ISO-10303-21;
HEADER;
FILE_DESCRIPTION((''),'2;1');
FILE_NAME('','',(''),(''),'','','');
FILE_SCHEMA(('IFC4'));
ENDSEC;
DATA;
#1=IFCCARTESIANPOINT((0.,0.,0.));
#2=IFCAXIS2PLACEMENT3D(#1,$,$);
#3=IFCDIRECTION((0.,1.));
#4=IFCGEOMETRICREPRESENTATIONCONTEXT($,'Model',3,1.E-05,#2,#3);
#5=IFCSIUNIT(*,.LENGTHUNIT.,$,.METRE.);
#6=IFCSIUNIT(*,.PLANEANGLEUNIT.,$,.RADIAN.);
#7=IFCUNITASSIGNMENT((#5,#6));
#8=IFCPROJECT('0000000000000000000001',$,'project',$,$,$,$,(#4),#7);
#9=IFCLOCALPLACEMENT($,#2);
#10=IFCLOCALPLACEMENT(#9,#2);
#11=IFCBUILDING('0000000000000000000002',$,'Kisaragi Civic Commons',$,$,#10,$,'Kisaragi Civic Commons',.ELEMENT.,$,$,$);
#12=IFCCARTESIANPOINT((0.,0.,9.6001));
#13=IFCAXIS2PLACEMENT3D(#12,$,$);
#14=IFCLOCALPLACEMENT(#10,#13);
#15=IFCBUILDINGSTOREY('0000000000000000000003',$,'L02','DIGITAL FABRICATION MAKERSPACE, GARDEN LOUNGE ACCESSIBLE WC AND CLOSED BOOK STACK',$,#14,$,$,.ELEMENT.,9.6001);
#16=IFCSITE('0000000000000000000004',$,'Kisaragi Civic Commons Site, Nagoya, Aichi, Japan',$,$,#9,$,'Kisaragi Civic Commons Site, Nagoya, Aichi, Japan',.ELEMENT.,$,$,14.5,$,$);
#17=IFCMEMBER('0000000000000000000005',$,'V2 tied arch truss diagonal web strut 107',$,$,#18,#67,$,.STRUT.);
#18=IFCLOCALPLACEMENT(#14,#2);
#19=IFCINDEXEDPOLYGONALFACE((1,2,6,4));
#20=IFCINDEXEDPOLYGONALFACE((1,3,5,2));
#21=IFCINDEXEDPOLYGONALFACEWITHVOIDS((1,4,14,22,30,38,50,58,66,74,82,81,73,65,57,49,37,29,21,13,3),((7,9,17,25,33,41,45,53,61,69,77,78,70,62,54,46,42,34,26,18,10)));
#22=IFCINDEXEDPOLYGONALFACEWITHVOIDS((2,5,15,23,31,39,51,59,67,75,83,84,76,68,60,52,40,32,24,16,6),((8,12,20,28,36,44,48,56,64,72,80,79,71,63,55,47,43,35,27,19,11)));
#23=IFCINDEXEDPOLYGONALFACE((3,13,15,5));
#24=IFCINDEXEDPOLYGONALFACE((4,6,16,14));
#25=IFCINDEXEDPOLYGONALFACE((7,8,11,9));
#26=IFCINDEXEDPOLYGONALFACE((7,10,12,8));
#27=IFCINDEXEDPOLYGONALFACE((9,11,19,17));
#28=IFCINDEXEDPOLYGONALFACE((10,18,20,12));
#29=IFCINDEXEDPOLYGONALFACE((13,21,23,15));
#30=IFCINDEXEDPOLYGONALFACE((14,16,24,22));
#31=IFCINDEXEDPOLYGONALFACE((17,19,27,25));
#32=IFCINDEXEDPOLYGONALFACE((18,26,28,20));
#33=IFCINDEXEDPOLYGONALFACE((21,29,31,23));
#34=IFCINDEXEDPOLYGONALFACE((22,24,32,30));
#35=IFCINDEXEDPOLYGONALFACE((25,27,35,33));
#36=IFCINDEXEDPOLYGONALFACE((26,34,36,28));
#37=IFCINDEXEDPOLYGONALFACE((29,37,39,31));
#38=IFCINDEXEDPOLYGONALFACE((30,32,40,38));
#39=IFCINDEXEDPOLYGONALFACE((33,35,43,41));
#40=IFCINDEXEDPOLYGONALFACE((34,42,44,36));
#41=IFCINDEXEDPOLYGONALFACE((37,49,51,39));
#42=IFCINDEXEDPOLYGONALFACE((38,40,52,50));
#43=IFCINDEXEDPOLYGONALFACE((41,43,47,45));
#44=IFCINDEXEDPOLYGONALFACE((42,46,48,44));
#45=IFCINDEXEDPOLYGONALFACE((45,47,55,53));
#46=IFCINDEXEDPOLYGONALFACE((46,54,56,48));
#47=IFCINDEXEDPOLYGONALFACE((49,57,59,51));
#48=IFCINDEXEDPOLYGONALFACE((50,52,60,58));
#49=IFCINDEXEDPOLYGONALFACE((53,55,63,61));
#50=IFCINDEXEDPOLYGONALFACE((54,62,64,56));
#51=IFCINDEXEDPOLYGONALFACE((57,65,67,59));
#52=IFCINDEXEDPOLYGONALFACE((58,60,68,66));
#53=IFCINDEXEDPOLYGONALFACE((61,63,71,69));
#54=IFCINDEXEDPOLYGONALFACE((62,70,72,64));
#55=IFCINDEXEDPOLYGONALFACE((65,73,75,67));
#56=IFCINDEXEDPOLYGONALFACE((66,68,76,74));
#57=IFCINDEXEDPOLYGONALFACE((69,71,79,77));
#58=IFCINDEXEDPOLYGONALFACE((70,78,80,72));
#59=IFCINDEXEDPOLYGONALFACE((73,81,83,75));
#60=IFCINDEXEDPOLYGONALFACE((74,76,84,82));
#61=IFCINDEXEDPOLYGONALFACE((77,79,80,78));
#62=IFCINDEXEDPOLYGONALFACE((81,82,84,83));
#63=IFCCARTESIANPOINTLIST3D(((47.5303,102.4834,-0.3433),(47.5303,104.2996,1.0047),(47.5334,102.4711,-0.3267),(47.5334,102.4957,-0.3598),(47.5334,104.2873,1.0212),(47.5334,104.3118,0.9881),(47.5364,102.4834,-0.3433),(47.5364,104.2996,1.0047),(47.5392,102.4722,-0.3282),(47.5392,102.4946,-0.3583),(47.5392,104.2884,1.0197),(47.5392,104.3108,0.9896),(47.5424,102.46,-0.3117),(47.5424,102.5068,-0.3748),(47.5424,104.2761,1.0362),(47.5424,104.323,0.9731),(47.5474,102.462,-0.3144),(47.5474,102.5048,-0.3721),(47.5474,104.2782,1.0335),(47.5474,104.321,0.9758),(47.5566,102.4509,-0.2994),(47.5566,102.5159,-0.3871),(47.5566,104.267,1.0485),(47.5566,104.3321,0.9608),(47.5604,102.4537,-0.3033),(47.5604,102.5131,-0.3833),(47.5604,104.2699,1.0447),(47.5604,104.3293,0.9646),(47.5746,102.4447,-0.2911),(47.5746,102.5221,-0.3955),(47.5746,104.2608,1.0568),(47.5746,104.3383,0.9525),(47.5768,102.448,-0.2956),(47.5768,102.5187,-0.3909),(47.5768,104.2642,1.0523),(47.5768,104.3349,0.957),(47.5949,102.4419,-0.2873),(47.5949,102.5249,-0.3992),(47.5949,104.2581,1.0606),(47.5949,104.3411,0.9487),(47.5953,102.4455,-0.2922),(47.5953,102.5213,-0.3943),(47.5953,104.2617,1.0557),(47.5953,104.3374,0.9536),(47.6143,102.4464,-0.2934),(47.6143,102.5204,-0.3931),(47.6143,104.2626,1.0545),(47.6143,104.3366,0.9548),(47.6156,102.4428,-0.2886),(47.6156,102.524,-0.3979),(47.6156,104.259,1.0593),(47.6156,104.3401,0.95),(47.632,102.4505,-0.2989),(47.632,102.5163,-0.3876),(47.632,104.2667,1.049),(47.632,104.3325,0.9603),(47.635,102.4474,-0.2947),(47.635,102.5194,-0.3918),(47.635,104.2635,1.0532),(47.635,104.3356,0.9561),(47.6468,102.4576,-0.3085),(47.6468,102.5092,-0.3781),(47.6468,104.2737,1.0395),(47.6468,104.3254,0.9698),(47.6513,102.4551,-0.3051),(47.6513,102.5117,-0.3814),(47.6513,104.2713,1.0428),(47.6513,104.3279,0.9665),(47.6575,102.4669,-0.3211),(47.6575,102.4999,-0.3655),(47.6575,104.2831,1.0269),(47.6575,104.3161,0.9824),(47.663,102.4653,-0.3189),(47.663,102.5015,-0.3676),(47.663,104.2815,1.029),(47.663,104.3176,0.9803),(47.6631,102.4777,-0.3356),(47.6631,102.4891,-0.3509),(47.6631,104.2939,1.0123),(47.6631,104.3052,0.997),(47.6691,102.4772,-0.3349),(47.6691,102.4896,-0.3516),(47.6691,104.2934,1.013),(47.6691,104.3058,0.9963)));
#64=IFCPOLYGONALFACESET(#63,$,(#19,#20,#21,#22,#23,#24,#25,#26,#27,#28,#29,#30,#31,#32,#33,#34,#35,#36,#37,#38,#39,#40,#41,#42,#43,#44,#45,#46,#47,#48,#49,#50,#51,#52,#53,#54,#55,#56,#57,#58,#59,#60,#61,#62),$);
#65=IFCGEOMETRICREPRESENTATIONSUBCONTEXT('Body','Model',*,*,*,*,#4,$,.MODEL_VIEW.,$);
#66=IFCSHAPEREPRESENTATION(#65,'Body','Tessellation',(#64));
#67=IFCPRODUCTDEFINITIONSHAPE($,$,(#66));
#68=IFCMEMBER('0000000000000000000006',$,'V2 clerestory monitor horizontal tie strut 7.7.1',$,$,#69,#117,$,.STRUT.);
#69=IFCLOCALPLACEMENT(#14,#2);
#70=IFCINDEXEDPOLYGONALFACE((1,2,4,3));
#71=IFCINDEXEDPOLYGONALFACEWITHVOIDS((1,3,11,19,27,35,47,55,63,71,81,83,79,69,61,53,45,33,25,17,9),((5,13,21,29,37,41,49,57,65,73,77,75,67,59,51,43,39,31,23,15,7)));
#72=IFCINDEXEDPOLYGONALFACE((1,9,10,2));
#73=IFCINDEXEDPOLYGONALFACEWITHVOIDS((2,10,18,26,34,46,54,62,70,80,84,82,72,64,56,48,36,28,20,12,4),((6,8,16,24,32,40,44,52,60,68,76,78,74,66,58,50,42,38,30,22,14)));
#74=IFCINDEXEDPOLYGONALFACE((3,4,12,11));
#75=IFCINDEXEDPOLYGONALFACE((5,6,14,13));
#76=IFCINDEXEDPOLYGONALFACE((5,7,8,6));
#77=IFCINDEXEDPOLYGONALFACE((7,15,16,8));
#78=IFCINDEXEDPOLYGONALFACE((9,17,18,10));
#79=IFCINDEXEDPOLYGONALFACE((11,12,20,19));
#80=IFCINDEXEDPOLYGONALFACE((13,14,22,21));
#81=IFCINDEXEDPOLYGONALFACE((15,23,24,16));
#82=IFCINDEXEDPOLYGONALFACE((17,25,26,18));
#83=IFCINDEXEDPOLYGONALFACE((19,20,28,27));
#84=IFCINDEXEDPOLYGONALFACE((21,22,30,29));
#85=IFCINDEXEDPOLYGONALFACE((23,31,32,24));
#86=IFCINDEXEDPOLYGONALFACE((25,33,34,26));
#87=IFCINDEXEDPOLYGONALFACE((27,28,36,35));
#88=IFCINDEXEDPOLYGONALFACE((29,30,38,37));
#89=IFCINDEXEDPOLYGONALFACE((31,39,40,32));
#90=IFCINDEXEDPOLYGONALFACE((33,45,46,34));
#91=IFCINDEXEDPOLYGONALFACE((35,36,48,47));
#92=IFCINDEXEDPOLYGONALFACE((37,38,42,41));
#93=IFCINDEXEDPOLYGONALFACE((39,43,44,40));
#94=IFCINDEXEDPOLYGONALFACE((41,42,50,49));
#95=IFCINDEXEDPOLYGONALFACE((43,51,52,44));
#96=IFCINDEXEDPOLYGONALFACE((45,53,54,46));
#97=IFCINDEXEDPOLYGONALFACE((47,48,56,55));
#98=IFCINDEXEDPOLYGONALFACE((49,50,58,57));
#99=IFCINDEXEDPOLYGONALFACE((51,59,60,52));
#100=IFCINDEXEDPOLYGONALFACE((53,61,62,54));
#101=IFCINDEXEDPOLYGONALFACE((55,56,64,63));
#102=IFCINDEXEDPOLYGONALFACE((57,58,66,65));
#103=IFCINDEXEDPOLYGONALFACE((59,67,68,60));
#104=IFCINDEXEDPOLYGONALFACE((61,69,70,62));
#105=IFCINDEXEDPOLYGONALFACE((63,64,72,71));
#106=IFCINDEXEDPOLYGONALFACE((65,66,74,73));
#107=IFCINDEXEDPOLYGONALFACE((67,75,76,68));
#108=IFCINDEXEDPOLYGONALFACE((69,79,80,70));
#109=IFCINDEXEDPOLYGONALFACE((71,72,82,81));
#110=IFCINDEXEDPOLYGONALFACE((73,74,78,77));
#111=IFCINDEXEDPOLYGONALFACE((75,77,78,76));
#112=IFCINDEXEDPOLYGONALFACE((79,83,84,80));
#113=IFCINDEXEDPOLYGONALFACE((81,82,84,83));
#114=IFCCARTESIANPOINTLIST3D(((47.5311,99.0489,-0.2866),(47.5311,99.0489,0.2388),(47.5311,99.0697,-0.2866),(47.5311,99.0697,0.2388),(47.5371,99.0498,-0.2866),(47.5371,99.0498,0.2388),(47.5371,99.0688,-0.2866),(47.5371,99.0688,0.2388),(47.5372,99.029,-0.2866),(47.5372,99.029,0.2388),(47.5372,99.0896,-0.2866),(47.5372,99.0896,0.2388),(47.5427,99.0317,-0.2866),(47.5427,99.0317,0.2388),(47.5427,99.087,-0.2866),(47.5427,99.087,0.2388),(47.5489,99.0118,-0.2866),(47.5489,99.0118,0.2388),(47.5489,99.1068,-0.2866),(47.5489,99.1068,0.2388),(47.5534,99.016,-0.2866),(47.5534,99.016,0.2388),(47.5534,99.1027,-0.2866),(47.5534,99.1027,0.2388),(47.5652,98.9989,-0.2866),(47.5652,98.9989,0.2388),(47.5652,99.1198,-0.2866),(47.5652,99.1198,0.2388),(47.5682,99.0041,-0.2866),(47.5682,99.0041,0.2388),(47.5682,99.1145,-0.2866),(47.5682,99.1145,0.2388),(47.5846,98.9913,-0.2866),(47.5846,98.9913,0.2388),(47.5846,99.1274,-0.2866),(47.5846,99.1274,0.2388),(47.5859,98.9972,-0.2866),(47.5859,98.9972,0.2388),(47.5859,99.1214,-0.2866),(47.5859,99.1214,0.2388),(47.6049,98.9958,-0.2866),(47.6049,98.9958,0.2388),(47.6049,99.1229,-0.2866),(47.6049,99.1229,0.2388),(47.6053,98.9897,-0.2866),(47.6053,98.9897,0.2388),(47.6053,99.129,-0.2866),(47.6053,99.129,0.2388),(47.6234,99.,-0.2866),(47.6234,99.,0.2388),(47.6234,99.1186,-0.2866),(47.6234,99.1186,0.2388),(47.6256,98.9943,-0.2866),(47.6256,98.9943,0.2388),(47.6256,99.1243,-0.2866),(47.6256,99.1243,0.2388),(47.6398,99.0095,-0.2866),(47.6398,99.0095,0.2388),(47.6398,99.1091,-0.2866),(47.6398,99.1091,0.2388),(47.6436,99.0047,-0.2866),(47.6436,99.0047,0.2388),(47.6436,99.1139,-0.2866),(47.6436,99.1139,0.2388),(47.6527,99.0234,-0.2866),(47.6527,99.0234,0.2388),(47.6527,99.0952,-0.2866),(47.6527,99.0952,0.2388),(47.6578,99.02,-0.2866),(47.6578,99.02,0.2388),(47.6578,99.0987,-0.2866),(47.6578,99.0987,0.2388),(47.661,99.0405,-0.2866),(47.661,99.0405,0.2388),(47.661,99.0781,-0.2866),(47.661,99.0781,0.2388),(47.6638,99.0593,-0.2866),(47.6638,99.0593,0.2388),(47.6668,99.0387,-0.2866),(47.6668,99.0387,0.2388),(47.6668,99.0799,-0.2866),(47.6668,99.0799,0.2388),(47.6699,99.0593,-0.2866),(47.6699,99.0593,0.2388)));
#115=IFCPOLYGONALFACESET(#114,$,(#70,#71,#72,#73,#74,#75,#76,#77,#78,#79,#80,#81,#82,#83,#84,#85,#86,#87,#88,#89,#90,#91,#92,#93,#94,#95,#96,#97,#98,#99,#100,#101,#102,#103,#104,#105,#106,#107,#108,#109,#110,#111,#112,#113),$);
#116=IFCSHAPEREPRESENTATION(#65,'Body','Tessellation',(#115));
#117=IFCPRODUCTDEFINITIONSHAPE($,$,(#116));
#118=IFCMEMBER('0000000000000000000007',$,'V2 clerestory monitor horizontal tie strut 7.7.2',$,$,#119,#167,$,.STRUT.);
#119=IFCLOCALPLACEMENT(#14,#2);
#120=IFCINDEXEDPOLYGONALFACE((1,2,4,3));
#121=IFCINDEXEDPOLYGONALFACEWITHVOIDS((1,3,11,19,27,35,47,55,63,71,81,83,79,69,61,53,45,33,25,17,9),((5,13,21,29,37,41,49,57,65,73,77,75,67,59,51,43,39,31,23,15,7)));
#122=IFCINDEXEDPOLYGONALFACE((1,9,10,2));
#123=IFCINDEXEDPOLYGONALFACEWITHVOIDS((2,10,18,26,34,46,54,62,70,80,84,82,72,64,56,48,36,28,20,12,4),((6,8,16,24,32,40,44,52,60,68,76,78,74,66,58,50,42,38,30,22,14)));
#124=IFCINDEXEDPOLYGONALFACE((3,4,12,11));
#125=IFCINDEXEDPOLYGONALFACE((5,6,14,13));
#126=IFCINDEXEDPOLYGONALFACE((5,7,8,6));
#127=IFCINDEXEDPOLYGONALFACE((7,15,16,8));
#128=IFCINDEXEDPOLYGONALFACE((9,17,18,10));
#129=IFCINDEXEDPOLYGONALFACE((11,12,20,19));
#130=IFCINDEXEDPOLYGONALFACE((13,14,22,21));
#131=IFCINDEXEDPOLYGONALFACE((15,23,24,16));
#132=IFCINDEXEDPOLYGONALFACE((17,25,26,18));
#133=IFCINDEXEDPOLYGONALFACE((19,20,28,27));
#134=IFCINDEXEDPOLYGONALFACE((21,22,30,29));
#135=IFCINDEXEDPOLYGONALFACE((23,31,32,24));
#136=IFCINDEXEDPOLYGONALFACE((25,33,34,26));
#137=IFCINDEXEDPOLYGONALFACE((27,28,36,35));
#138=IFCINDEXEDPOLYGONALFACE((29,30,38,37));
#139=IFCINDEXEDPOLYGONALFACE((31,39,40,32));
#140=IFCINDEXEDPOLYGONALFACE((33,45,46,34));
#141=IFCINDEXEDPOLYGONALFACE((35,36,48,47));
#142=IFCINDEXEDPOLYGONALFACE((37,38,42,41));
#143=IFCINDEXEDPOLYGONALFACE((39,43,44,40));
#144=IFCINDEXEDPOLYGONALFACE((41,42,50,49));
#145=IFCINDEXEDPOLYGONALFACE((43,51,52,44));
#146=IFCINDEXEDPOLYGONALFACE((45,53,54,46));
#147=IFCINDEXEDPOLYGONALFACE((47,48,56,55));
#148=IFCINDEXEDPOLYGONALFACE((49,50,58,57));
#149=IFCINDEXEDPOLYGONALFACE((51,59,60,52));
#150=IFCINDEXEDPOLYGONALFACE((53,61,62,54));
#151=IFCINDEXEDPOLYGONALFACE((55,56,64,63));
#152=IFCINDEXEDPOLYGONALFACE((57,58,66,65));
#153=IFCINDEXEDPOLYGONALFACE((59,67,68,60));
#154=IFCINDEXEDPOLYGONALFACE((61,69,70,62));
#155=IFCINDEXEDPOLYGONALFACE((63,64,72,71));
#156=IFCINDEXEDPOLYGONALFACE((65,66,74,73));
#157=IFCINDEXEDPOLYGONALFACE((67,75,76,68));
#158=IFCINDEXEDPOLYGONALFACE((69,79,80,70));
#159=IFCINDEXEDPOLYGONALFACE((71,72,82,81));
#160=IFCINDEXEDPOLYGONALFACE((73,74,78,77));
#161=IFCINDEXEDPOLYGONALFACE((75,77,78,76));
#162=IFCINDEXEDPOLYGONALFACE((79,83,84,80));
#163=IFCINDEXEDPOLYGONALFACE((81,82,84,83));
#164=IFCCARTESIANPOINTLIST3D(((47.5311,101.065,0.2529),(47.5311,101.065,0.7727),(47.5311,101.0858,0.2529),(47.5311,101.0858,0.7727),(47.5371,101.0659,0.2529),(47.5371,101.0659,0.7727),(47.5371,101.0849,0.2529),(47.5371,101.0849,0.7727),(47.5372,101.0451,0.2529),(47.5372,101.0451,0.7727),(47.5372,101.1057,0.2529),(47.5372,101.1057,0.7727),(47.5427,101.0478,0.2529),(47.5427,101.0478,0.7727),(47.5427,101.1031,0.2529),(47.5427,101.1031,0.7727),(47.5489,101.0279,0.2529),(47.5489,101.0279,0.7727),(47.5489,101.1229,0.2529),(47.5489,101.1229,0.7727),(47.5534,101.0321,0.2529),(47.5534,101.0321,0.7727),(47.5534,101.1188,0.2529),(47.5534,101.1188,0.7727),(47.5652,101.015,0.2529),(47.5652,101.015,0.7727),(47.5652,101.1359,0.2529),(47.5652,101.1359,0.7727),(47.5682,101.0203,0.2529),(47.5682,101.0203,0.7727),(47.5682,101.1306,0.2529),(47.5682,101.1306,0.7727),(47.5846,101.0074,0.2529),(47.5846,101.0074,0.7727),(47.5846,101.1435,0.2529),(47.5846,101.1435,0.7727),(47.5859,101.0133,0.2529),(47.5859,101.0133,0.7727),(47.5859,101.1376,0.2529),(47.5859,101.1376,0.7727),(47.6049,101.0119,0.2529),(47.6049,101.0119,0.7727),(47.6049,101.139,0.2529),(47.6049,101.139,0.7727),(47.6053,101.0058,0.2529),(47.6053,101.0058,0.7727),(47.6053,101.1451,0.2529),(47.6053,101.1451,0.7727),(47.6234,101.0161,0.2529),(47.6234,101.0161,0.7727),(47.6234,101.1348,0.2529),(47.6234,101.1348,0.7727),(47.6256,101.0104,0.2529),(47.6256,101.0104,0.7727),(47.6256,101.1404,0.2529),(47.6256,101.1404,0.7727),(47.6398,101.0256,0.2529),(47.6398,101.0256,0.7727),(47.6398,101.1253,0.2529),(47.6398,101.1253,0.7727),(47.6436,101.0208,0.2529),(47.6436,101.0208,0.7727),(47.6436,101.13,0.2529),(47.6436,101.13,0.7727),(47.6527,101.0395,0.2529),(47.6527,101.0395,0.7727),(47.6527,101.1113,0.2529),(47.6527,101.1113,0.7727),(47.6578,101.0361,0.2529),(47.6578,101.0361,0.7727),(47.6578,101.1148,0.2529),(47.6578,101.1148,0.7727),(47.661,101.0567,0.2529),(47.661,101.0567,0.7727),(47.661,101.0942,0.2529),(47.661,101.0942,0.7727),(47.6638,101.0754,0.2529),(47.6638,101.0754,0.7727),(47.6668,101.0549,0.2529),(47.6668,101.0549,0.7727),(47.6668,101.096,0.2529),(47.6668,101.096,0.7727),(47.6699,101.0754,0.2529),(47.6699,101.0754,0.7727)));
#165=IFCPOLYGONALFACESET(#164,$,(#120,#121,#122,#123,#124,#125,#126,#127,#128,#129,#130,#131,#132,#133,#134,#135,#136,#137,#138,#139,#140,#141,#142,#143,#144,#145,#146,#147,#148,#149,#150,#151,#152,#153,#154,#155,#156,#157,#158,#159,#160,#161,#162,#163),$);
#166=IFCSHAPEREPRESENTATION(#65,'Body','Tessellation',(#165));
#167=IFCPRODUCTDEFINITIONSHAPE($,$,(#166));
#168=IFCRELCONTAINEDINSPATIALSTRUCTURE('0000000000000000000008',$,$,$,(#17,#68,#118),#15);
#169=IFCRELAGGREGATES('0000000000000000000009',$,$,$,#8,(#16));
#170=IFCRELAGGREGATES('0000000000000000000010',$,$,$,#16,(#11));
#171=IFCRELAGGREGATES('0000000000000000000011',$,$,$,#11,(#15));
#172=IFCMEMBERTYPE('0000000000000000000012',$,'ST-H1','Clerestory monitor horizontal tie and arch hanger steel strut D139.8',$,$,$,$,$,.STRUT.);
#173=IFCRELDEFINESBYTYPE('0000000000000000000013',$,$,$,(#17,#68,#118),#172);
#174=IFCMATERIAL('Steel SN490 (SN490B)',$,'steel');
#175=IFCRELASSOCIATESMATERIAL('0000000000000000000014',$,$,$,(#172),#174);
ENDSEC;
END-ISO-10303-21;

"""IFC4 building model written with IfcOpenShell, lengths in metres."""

from ifc_helpers import new_model, si_unit, direction, frame, origin, origin_2d, place, context, subcontext, project, spatial, hollow_circle, extrude, material, material_profile, profile_set, type_object, element, save


model = new_model("IFC4")

# Units and contexts
model_context = context("Model", 3, precision=1e-05, world=origin(), true_north=direction((0.0, 1.0)))
body_context = subcontext(model_context, "Body", "Model", "MODEL_VIEW")
ifc_project = project(units=[si_unit("LENGTHUNIT", "METRE"), si_unit("PLANEANGLEUNIT", "RADIAN")], contexts=[model_context])

# Site, building, storey
site_placement = place(None, origin())
site = spatial("IfcSite", under=ifc_project, at=site_placement, Name="Kisaragi Civic Commons Site, Nagoya, Aichi, Japan", LongName="Kisaragi Civic Commons Site, Nagoya, Aichi, Japan", CompositionType="ELEMENT", RefElevation=14.5)
building_placement = place(site_placement, origin())
building = spatial("IfcBuilding", under=site, at=building_placement, Name="Kisaragi Civic Commons", LongName="Kisaragi Civic Commons", CompositionType="ELEMENT")
storey_placement = place(building_placement, frame((0.0, 0.0, 9.6001)))
storey = spatial("IfcBuildingStorey", under=building, at=storey_placement, Name="L02", Description="DIGITAL FABRICATION MAKERSPACE, GARDEN LOUNGE ACCESSIBLE WC AND CLOSED BOOK STACK", CompositionType="ELEMENT", Elevation=9.6001)

# Members
ifc_material_1 = material(Name="Steel SN490 (SN490B)", Category="steel")
ifc_material_profile_1 = material_profile(ifc_material_1, hollow_circle(Radius=0.0698, WallThickness=0.0061, at=origin_2d()), Name="CHS-139.8x6.0", Category="steel")
ifc_profile_set_1 = profile_set([ifc_material_profile_1], Name="Steel SN490 (SN490B)")
member_type_1 = type_object("IfcMemberType", Name="ST-H1", Description="Clerestory monitor horizontal tie and arch hanger steel strut D139.8", PredefinedType="STRUT", material=ifc_profile_set_1)
member_1_placement = place(storey_placement, frame((47.6001, 102.4834, -0.3433), z_axis=(0.0, 0.803008, 0.595968), x_axis=(-1.0, 0.0, 0.0)))
element("IfcMember", 1, at=member_1_placement, inside=storey, type_object=member_type_1, Name="V2 tied arch truss diagonal web strut 107", PredefinedType="STRUT", context=body_context, shape_type="SweptSolid", body=[
    extrude(hollow_circle(Radius=0.0698, WallThickness=0.0061, at=origin_2d()), origin(), (0.0, 0.0, 1.0), 2.2617),
])
member_2_placement = place(storey_placement, frame((47.6001, 99.0593, -0.2866), z_axis=(0.0, 0.0, 1.0), x_axis=(1.0, 0.0, 0.0)))
element("IfcMember", 2, at=member_2_placement, inside=storey, type_object=member_type_1, Name="V2 clerestory monitor horizontal tie strut 7.7.1", PredefinedType="STRUT", context=body_context, shape_type="SweptSolid", body=[
    extrude(hollow_circle(Radius=0.0698, WallThickness=0.0061, at=origin_2d()), origin(), (0.0, 0.0, 1.0), 0.5254),
])
member_3_placement = place(storey_placement, frame((47.6001, 101.0754, 0.2529), z_axis=(0.0, 0.0, 1.0), x_axis=(1.0, 0.0, 0.0)))
element("IfcMember", 3, at=member_3_placement, inside=storey, type_object=member_type_1, Name="V2 clerestory monitor horizontal tie strut 7.7.2", PredefinedType="STRUT", context=body_context, shape_type="SweptSolid", body=[
    extrude(hollow_circle(Radius=0.0698, WallThickness=0.0061, at=origin_2d()), origin(), (0.0, 0.0, 1.0), 0.5198),
])

save(model, "model.ifc")
